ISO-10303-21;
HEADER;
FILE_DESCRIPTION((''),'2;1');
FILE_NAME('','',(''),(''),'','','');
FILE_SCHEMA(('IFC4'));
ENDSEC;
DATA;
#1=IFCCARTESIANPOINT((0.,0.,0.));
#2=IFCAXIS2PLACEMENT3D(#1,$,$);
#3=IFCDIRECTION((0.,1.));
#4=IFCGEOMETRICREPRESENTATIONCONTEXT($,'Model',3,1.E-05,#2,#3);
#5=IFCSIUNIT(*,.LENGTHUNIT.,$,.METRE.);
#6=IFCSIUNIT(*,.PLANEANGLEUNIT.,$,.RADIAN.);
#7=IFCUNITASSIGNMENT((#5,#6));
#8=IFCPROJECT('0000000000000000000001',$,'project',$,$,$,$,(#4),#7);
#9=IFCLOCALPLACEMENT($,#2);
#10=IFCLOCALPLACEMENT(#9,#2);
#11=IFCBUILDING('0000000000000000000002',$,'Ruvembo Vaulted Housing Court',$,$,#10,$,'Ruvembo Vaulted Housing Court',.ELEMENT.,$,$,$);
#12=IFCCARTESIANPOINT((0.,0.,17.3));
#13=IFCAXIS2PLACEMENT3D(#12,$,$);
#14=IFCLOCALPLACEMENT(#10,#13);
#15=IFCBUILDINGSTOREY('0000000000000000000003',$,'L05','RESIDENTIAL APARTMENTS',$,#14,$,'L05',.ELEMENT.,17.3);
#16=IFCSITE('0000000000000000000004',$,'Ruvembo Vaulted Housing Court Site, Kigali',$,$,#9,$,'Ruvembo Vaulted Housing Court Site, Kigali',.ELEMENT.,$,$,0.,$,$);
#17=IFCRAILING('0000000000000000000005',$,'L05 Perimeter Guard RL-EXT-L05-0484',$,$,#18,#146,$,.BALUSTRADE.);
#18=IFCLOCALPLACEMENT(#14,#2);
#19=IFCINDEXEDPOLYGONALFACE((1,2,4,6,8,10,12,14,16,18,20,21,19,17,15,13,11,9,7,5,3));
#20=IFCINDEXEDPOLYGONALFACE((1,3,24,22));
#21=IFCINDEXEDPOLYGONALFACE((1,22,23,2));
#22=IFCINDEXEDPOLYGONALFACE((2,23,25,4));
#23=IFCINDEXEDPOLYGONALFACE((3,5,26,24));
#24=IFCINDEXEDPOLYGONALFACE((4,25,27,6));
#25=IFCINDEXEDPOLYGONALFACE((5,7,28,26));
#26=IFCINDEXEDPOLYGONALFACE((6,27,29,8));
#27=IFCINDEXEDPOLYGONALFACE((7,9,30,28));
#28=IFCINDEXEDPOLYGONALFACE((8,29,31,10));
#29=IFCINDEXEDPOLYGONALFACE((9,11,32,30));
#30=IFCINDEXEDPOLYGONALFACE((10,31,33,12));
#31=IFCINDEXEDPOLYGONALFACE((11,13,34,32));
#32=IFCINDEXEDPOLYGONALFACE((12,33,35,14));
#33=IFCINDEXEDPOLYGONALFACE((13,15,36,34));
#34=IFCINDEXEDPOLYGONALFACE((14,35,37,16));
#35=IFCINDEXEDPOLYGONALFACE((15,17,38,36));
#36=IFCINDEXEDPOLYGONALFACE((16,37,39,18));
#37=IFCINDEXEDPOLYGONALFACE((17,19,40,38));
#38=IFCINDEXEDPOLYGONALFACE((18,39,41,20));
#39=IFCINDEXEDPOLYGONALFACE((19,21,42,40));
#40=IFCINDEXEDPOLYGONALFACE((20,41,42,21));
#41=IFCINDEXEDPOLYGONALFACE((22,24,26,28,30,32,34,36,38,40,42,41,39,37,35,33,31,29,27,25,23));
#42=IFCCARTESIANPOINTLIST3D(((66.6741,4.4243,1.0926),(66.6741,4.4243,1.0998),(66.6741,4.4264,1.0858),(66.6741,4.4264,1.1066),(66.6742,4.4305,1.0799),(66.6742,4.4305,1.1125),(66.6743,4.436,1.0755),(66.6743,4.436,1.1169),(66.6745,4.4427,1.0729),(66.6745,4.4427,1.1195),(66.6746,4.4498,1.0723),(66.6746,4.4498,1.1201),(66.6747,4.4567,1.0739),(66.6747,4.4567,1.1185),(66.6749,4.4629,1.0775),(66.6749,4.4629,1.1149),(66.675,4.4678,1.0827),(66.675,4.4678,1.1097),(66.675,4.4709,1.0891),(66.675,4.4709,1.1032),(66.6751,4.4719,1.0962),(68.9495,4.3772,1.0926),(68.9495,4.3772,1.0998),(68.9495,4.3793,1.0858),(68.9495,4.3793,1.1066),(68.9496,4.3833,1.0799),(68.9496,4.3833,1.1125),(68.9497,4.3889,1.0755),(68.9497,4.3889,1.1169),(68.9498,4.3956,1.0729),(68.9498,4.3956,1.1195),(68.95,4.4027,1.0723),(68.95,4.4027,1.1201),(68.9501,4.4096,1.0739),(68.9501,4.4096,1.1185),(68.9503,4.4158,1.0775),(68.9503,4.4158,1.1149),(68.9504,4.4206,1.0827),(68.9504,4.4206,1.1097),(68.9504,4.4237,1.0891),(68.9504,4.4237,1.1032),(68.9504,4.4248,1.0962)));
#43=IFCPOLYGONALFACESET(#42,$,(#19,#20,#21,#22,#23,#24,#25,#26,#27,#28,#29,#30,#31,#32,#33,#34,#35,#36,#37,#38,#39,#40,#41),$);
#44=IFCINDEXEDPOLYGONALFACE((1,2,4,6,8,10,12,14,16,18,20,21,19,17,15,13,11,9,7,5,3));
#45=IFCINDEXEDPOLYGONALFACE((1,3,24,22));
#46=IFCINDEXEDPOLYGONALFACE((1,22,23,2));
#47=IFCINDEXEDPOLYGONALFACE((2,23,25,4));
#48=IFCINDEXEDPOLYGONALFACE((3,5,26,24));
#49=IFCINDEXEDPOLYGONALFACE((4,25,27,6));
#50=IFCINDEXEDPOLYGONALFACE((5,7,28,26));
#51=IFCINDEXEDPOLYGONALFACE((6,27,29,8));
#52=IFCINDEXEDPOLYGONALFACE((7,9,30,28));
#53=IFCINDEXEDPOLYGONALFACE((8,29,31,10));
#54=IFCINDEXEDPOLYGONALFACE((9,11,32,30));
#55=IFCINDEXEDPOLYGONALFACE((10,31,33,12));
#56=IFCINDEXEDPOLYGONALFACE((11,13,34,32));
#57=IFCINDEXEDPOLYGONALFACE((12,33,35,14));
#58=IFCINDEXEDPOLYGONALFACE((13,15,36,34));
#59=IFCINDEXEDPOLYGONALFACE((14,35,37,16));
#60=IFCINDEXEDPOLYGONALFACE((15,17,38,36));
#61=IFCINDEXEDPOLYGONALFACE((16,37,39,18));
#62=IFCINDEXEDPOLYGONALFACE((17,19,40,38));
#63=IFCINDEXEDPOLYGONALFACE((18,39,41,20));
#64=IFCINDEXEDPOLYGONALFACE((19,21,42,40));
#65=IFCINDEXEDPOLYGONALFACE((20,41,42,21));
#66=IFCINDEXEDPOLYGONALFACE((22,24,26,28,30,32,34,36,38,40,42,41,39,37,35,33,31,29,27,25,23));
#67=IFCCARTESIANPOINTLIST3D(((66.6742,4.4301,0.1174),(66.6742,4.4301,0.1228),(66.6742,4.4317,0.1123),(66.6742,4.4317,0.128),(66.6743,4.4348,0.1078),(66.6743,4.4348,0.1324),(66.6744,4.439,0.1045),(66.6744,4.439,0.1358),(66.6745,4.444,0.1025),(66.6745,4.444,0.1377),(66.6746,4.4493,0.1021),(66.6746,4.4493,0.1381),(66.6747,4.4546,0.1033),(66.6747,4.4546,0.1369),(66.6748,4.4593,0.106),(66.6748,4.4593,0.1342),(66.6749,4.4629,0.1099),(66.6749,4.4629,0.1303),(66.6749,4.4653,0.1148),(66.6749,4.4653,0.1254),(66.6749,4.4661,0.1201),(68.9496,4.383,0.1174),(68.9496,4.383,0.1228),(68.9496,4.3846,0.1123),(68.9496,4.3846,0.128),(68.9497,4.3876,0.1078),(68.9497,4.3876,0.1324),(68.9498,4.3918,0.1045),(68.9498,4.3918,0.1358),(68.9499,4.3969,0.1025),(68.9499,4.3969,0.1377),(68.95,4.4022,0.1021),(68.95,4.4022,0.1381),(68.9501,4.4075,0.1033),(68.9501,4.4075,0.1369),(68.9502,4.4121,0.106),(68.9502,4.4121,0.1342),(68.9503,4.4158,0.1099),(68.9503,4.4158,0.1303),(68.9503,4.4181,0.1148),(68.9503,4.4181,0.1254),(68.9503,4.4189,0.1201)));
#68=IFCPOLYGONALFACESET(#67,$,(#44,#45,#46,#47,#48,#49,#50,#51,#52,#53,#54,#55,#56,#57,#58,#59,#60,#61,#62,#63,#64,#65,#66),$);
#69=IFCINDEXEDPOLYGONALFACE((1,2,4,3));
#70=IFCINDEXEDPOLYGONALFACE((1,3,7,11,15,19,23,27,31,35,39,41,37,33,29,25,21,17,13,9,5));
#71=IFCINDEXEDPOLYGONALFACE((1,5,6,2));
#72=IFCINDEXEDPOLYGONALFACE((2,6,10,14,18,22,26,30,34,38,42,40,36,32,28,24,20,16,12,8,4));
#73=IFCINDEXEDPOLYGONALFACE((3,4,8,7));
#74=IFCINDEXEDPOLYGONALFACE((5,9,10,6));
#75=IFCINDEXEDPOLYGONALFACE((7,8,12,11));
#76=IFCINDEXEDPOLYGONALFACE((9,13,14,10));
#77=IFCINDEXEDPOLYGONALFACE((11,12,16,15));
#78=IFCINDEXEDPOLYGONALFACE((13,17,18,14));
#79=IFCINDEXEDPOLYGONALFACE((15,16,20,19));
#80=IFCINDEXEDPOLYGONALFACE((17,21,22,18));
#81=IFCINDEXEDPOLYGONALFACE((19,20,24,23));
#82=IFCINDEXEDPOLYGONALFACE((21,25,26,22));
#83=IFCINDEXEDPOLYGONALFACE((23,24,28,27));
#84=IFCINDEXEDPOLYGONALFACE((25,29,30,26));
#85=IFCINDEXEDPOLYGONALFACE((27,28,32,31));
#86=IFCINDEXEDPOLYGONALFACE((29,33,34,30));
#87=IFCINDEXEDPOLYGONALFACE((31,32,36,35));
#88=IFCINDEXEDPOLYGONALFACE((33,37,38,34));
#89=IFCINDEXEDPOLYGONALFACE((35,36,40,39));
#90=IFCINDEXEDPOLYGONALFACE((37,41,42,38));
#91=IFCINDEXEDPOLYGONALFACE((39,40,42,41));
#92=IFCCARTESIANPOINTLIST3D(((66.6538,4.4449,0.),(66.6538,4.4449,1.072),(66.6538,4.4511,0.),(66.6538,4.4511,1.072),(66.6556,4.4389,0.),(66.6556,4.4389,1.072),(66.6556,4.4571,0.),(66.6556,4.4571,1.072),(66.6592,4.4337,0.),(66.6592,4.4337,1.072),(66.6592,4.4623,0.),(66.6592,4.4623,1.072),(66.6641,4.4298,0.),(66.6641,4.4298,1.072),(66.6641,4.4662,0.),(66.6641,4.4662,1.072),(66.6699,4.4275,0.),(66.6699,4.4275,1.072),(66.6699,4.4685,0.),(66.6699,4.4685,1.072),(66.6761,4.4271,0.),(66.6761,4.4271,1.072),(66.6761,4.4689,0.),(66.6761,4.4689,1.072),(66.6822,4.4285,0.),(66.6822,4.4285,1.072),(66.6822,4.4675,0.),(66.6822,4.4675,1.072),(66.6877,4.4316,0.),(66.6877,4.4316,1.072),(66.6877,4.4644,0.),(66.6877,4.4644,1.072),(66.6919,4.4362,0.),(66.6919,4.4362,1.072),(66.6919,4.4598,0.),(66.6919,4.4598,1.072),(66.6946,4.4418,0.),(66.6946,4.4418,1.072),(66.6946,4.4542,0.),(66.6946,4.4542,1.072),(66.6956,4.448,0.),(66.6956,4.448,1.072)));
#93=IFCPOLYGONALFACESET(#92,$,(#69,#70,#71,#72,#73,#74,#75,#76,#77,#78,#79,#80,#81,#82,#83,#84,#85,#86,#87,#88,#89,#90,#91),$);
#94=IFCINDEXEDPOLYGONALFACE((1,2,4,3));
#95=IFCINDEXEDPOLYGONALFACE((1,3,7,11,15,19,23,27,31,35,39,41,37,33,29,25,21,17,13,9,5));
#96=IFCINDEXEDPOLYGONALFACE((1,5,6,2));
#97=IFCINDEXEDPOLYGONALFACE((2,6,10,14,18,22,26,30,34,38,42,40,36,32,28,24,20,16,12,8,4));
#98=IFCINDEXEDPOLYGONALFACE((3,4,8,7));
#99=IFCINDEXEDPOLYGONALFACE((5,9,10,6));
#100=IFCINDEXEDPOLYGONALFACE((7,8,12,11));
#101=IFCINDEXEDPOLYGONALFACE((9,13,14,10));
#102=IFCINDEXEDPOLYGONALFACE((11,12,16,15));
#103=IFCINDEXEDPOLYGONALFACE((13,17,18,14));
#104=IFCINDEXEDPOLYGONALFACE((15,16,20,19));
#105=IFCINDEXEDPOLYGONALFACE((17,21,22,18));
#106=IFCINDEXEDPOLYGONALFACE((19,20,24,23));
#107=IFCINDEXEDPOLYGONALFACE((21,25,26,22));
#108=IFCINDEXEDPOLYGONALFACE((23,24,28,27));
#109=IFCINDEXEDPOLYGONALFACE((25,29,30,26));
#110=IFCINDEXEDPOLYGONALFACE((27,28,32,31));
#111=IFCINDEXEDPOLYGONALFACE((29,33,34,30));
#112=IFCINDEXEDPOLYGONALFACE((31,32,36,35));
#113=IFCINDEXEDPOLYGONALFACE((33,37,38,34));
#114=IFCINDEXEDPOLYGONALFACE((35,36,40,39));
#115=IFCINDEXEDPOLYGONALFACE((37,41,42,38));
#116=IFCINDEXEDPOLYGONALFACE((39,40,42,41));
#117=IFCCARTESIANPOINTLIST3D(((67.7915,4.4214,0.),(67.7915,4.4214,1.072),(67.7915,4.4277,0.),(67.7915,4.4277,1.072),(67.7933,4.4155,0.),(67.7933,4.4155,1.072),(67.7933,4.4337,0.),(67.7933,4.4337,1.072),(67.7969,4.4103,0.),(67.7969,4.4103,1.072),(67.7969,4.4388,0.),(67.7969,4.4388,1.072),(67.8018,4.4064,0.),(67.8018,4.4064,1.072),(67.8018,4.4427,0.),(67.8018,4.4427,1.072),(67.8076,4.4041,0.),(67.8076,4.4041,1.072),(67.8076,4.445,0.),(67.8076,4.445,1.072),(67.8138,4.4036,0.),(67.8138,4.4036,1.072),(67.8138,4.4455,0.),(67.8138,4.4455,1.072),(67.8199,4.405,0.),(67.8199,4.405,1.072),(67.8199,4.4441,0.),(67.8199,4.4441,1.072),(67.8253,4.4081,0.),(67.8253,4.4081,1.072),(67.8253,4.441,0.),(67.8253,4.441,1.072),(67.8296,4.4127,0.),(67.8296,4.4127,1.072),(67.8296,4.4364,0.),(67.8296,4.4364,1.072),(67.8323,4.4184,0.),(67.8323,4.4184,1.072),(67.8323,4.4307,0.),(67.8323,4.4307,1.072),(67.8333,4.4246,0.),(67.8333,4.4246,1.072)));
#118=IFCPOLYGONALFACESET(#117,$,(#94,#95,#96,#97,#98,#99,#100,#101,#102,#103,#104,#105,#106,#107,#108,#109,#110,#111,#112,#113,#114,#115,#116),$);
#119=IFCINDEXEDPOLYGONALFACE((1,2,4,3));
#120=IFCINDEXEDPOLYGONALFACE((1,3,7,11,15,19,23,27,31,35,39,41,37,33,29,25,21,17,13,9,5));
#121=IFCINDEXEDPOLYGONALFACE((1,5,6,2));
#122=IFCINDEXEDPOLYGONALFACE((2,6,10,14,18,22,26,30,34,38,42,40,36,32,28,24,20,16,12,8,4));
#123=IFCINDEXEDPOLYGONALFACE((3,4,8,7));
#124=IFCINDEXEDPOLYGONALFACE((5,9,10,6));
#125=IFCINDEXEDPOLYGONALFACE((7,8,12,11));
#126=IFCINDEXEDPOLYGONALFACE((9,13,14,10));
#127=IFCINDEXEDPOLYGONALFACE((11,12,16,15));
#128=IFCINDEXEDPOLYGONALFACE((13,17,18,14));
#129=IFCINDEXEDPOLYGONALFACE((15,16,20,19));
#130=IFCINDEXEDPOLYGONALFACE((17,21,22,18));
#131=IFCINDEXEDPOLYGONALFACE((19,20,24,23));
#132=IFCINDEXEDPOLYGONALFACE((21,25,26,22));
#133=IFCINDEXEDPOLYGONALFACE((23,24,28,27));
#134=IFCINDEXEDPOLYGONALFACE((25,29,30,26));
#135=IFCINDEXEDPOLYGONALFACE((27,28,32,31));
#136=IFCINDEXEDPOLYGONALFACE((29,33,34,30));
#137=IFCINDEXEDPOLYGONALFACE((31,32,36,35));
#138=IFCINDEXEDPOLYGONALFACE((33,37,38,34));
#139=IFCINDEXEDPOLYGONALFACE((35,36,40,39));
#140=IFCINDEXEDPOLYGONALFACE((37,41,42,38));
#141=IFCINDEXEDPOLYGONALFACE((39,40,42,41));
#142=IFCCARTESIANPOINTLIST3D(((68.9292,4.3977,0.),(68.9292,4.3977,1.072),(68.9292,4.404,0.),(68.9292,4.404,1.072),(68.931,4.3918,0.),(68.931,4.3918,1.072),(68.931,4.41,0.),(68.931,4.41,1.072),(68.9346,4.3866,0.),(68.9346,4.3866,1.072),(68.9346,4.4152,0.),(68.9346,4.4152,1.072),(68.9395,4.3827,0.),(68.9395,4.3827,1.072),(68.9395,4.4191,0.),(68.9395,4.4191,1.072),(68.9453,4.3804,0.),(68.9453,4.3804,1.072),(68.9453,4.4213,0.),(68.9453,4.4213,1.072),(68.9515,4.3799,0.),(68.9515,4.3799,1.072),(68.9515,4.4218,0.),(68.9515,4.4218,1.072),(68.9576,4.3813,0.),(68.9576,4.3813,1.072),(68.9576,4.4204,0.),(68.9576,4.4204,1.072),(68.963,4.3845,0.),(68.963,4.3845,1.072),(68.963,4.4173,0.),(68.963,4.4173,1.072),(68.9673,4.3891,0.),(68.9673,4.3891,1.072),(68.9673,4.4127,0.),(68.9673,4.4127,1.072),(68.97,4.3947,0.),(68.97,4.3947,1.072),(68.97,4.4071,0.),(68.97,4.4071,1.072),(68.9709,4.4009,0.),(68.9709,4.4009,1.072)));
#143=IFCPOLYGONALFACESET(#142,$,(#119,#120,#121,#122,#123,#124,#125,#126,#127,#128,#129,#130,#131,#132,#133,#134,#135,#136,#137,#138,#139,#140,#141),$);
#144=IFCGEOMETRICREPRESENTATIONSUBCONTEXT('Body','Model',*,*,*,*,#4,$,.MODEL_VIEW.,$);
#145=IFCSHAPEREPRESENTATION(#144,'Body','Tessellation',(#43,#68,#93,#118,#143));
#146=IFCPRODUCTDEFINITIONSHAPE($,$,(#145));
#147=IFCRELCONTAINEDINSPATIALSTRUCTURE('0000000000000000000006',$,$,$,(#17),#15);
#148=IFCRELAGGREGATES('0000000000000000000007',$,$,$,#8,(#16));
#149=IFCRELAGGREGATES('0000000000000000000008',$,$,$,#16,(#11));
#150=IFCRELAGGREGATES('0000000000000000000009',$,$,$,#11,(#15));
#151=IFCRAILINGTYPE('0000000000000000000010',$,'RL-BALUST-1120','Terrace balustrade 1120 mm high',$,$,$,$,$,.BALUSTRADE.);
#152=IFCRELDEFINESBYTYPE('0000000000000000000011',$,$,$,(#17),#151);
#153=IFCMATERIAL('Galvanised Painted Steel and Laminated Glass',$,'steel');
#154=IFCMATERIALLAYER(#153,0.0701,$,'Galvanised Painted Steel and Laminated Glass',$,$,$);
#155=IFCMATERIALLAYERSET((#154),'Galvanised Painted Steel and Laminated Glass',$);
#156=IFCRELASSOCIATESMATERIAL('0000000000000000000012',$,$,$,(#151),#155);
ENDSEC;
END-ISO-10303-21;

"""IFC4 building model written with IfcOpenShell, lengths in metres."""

from ifc_helpers import new_model, si_unit, direction, frame, origin, origin_2d, place, context, subcontext, project, spatial, circle, extrude, material, layer, layer_set, type_object, element, save


model = new_model("IFC4")

# Units and contexts
model_context = context("Model", 3, precision=1e-05, world=origin(), true_north=direction((0.0, 1.0)))
body_context = subcontext(model_context, "Body", "Model", "MODEL_VIEW")
ifc_project = project(units=[si_unit("LENGTHUNIT", "METRE"), si_unit("PLANEANGLEUNIT", "RADIAN")], contexts=[model_context])

# Site, building, storey
site_placement = place(None, origin())
site = spatial("IfcSite", under=ifc_project, at=site_placement, Name="Ruvembo Vaulted Housing Court Site, Kigali", LongName="Ruvembo Vaulted Housing Court Site, Kigali", CompositionType="ELEMENT", RefElevation=0.0)
building_placement = place(site_placement, origin())
building = spatial("IfcBuilding", under=site, at=building_placement, Name="Ruvembo Vaulted Housing Court", LongName="Ruvembo Vaulted Housing Court", CompositionType="ELEMENT")
storey_placement = place(building_placement, frame((0.0, 0.0, 17.3)))
storey = spatial("IfcBuildingStorey", under=building, at=storey_placement, Name="L05", Description="RESIDENTIAL APARTMENTS", LongName="L05", CompositionType="ELEMENT", Elevation=17.3)

# Railing
ifc_material_1 = material(Name="Galvanised Painted Steel and Laminated Glass", Category="steel")
ifc_layer_1 = layer(ifc_material_1, 0.0701, Name="Galvanised Painted Steel and Laminated Glass")
ifc_layer_set_1 = layer_set([ifc_layer_1], Name="Galvanised Painted Steel and Laminated Glass")
railing_type = type_object("IfcRailingType", Name="RL-BALUST-1120", Description="Terrace balustrade 1120 mm high", PredefinedType="BALUSTRADE", material=ifc_layer_set_1)
railing_1_placement = place(storey_placement, frame((66.6746, 4.448, 0.0)))
element("IfcRailing", 1, at=railing_1_placement, inside=storey, type_object=railing_type, Name="L05 Perimeter Guard RL-EXT-L05-0484", PredefinedType="BALUSTRADE", context=body_context, shape_type="SweptSolid", body=[
    extrude(circle(Radius=0.0239, at=origin_2d()), frame((0.0, 0.0, 1.0962), z_axis=(0.999786, -0.020704, 0.0), x_axis=(0.020704, 0.999786, 0.0)), (0.0, 0.0, 1.0), 2.2759),
    extrude(circle(Radius=0.0181, at=origin_2d()), frame((0.0, 0.0, 0.1201), z_axis=(0.999786, -0.020704, 0.0), x_axis=(0.020704, 0.999786, 0.0)), (0.0, 0.0, 1.0), 2.2759),
    extrude(circle(Radius=0.021, at=origin_2d()), origin(), (0.0, 0.0, 1.0), 1.072),
    extrude(circle(Radius=0.021, at=origin_2d()), frame((1.1377, -0.0234, 0.0)), (0.0, 0.0, 1.0), 1.072),
    extrude(circle(Radius=0.021, at=origin_2d()), frame((2.2754, -0.0471, 0.0)), (0.0, 0.0, 1.0), 1.072),
])

save(model, "model.ifc")
